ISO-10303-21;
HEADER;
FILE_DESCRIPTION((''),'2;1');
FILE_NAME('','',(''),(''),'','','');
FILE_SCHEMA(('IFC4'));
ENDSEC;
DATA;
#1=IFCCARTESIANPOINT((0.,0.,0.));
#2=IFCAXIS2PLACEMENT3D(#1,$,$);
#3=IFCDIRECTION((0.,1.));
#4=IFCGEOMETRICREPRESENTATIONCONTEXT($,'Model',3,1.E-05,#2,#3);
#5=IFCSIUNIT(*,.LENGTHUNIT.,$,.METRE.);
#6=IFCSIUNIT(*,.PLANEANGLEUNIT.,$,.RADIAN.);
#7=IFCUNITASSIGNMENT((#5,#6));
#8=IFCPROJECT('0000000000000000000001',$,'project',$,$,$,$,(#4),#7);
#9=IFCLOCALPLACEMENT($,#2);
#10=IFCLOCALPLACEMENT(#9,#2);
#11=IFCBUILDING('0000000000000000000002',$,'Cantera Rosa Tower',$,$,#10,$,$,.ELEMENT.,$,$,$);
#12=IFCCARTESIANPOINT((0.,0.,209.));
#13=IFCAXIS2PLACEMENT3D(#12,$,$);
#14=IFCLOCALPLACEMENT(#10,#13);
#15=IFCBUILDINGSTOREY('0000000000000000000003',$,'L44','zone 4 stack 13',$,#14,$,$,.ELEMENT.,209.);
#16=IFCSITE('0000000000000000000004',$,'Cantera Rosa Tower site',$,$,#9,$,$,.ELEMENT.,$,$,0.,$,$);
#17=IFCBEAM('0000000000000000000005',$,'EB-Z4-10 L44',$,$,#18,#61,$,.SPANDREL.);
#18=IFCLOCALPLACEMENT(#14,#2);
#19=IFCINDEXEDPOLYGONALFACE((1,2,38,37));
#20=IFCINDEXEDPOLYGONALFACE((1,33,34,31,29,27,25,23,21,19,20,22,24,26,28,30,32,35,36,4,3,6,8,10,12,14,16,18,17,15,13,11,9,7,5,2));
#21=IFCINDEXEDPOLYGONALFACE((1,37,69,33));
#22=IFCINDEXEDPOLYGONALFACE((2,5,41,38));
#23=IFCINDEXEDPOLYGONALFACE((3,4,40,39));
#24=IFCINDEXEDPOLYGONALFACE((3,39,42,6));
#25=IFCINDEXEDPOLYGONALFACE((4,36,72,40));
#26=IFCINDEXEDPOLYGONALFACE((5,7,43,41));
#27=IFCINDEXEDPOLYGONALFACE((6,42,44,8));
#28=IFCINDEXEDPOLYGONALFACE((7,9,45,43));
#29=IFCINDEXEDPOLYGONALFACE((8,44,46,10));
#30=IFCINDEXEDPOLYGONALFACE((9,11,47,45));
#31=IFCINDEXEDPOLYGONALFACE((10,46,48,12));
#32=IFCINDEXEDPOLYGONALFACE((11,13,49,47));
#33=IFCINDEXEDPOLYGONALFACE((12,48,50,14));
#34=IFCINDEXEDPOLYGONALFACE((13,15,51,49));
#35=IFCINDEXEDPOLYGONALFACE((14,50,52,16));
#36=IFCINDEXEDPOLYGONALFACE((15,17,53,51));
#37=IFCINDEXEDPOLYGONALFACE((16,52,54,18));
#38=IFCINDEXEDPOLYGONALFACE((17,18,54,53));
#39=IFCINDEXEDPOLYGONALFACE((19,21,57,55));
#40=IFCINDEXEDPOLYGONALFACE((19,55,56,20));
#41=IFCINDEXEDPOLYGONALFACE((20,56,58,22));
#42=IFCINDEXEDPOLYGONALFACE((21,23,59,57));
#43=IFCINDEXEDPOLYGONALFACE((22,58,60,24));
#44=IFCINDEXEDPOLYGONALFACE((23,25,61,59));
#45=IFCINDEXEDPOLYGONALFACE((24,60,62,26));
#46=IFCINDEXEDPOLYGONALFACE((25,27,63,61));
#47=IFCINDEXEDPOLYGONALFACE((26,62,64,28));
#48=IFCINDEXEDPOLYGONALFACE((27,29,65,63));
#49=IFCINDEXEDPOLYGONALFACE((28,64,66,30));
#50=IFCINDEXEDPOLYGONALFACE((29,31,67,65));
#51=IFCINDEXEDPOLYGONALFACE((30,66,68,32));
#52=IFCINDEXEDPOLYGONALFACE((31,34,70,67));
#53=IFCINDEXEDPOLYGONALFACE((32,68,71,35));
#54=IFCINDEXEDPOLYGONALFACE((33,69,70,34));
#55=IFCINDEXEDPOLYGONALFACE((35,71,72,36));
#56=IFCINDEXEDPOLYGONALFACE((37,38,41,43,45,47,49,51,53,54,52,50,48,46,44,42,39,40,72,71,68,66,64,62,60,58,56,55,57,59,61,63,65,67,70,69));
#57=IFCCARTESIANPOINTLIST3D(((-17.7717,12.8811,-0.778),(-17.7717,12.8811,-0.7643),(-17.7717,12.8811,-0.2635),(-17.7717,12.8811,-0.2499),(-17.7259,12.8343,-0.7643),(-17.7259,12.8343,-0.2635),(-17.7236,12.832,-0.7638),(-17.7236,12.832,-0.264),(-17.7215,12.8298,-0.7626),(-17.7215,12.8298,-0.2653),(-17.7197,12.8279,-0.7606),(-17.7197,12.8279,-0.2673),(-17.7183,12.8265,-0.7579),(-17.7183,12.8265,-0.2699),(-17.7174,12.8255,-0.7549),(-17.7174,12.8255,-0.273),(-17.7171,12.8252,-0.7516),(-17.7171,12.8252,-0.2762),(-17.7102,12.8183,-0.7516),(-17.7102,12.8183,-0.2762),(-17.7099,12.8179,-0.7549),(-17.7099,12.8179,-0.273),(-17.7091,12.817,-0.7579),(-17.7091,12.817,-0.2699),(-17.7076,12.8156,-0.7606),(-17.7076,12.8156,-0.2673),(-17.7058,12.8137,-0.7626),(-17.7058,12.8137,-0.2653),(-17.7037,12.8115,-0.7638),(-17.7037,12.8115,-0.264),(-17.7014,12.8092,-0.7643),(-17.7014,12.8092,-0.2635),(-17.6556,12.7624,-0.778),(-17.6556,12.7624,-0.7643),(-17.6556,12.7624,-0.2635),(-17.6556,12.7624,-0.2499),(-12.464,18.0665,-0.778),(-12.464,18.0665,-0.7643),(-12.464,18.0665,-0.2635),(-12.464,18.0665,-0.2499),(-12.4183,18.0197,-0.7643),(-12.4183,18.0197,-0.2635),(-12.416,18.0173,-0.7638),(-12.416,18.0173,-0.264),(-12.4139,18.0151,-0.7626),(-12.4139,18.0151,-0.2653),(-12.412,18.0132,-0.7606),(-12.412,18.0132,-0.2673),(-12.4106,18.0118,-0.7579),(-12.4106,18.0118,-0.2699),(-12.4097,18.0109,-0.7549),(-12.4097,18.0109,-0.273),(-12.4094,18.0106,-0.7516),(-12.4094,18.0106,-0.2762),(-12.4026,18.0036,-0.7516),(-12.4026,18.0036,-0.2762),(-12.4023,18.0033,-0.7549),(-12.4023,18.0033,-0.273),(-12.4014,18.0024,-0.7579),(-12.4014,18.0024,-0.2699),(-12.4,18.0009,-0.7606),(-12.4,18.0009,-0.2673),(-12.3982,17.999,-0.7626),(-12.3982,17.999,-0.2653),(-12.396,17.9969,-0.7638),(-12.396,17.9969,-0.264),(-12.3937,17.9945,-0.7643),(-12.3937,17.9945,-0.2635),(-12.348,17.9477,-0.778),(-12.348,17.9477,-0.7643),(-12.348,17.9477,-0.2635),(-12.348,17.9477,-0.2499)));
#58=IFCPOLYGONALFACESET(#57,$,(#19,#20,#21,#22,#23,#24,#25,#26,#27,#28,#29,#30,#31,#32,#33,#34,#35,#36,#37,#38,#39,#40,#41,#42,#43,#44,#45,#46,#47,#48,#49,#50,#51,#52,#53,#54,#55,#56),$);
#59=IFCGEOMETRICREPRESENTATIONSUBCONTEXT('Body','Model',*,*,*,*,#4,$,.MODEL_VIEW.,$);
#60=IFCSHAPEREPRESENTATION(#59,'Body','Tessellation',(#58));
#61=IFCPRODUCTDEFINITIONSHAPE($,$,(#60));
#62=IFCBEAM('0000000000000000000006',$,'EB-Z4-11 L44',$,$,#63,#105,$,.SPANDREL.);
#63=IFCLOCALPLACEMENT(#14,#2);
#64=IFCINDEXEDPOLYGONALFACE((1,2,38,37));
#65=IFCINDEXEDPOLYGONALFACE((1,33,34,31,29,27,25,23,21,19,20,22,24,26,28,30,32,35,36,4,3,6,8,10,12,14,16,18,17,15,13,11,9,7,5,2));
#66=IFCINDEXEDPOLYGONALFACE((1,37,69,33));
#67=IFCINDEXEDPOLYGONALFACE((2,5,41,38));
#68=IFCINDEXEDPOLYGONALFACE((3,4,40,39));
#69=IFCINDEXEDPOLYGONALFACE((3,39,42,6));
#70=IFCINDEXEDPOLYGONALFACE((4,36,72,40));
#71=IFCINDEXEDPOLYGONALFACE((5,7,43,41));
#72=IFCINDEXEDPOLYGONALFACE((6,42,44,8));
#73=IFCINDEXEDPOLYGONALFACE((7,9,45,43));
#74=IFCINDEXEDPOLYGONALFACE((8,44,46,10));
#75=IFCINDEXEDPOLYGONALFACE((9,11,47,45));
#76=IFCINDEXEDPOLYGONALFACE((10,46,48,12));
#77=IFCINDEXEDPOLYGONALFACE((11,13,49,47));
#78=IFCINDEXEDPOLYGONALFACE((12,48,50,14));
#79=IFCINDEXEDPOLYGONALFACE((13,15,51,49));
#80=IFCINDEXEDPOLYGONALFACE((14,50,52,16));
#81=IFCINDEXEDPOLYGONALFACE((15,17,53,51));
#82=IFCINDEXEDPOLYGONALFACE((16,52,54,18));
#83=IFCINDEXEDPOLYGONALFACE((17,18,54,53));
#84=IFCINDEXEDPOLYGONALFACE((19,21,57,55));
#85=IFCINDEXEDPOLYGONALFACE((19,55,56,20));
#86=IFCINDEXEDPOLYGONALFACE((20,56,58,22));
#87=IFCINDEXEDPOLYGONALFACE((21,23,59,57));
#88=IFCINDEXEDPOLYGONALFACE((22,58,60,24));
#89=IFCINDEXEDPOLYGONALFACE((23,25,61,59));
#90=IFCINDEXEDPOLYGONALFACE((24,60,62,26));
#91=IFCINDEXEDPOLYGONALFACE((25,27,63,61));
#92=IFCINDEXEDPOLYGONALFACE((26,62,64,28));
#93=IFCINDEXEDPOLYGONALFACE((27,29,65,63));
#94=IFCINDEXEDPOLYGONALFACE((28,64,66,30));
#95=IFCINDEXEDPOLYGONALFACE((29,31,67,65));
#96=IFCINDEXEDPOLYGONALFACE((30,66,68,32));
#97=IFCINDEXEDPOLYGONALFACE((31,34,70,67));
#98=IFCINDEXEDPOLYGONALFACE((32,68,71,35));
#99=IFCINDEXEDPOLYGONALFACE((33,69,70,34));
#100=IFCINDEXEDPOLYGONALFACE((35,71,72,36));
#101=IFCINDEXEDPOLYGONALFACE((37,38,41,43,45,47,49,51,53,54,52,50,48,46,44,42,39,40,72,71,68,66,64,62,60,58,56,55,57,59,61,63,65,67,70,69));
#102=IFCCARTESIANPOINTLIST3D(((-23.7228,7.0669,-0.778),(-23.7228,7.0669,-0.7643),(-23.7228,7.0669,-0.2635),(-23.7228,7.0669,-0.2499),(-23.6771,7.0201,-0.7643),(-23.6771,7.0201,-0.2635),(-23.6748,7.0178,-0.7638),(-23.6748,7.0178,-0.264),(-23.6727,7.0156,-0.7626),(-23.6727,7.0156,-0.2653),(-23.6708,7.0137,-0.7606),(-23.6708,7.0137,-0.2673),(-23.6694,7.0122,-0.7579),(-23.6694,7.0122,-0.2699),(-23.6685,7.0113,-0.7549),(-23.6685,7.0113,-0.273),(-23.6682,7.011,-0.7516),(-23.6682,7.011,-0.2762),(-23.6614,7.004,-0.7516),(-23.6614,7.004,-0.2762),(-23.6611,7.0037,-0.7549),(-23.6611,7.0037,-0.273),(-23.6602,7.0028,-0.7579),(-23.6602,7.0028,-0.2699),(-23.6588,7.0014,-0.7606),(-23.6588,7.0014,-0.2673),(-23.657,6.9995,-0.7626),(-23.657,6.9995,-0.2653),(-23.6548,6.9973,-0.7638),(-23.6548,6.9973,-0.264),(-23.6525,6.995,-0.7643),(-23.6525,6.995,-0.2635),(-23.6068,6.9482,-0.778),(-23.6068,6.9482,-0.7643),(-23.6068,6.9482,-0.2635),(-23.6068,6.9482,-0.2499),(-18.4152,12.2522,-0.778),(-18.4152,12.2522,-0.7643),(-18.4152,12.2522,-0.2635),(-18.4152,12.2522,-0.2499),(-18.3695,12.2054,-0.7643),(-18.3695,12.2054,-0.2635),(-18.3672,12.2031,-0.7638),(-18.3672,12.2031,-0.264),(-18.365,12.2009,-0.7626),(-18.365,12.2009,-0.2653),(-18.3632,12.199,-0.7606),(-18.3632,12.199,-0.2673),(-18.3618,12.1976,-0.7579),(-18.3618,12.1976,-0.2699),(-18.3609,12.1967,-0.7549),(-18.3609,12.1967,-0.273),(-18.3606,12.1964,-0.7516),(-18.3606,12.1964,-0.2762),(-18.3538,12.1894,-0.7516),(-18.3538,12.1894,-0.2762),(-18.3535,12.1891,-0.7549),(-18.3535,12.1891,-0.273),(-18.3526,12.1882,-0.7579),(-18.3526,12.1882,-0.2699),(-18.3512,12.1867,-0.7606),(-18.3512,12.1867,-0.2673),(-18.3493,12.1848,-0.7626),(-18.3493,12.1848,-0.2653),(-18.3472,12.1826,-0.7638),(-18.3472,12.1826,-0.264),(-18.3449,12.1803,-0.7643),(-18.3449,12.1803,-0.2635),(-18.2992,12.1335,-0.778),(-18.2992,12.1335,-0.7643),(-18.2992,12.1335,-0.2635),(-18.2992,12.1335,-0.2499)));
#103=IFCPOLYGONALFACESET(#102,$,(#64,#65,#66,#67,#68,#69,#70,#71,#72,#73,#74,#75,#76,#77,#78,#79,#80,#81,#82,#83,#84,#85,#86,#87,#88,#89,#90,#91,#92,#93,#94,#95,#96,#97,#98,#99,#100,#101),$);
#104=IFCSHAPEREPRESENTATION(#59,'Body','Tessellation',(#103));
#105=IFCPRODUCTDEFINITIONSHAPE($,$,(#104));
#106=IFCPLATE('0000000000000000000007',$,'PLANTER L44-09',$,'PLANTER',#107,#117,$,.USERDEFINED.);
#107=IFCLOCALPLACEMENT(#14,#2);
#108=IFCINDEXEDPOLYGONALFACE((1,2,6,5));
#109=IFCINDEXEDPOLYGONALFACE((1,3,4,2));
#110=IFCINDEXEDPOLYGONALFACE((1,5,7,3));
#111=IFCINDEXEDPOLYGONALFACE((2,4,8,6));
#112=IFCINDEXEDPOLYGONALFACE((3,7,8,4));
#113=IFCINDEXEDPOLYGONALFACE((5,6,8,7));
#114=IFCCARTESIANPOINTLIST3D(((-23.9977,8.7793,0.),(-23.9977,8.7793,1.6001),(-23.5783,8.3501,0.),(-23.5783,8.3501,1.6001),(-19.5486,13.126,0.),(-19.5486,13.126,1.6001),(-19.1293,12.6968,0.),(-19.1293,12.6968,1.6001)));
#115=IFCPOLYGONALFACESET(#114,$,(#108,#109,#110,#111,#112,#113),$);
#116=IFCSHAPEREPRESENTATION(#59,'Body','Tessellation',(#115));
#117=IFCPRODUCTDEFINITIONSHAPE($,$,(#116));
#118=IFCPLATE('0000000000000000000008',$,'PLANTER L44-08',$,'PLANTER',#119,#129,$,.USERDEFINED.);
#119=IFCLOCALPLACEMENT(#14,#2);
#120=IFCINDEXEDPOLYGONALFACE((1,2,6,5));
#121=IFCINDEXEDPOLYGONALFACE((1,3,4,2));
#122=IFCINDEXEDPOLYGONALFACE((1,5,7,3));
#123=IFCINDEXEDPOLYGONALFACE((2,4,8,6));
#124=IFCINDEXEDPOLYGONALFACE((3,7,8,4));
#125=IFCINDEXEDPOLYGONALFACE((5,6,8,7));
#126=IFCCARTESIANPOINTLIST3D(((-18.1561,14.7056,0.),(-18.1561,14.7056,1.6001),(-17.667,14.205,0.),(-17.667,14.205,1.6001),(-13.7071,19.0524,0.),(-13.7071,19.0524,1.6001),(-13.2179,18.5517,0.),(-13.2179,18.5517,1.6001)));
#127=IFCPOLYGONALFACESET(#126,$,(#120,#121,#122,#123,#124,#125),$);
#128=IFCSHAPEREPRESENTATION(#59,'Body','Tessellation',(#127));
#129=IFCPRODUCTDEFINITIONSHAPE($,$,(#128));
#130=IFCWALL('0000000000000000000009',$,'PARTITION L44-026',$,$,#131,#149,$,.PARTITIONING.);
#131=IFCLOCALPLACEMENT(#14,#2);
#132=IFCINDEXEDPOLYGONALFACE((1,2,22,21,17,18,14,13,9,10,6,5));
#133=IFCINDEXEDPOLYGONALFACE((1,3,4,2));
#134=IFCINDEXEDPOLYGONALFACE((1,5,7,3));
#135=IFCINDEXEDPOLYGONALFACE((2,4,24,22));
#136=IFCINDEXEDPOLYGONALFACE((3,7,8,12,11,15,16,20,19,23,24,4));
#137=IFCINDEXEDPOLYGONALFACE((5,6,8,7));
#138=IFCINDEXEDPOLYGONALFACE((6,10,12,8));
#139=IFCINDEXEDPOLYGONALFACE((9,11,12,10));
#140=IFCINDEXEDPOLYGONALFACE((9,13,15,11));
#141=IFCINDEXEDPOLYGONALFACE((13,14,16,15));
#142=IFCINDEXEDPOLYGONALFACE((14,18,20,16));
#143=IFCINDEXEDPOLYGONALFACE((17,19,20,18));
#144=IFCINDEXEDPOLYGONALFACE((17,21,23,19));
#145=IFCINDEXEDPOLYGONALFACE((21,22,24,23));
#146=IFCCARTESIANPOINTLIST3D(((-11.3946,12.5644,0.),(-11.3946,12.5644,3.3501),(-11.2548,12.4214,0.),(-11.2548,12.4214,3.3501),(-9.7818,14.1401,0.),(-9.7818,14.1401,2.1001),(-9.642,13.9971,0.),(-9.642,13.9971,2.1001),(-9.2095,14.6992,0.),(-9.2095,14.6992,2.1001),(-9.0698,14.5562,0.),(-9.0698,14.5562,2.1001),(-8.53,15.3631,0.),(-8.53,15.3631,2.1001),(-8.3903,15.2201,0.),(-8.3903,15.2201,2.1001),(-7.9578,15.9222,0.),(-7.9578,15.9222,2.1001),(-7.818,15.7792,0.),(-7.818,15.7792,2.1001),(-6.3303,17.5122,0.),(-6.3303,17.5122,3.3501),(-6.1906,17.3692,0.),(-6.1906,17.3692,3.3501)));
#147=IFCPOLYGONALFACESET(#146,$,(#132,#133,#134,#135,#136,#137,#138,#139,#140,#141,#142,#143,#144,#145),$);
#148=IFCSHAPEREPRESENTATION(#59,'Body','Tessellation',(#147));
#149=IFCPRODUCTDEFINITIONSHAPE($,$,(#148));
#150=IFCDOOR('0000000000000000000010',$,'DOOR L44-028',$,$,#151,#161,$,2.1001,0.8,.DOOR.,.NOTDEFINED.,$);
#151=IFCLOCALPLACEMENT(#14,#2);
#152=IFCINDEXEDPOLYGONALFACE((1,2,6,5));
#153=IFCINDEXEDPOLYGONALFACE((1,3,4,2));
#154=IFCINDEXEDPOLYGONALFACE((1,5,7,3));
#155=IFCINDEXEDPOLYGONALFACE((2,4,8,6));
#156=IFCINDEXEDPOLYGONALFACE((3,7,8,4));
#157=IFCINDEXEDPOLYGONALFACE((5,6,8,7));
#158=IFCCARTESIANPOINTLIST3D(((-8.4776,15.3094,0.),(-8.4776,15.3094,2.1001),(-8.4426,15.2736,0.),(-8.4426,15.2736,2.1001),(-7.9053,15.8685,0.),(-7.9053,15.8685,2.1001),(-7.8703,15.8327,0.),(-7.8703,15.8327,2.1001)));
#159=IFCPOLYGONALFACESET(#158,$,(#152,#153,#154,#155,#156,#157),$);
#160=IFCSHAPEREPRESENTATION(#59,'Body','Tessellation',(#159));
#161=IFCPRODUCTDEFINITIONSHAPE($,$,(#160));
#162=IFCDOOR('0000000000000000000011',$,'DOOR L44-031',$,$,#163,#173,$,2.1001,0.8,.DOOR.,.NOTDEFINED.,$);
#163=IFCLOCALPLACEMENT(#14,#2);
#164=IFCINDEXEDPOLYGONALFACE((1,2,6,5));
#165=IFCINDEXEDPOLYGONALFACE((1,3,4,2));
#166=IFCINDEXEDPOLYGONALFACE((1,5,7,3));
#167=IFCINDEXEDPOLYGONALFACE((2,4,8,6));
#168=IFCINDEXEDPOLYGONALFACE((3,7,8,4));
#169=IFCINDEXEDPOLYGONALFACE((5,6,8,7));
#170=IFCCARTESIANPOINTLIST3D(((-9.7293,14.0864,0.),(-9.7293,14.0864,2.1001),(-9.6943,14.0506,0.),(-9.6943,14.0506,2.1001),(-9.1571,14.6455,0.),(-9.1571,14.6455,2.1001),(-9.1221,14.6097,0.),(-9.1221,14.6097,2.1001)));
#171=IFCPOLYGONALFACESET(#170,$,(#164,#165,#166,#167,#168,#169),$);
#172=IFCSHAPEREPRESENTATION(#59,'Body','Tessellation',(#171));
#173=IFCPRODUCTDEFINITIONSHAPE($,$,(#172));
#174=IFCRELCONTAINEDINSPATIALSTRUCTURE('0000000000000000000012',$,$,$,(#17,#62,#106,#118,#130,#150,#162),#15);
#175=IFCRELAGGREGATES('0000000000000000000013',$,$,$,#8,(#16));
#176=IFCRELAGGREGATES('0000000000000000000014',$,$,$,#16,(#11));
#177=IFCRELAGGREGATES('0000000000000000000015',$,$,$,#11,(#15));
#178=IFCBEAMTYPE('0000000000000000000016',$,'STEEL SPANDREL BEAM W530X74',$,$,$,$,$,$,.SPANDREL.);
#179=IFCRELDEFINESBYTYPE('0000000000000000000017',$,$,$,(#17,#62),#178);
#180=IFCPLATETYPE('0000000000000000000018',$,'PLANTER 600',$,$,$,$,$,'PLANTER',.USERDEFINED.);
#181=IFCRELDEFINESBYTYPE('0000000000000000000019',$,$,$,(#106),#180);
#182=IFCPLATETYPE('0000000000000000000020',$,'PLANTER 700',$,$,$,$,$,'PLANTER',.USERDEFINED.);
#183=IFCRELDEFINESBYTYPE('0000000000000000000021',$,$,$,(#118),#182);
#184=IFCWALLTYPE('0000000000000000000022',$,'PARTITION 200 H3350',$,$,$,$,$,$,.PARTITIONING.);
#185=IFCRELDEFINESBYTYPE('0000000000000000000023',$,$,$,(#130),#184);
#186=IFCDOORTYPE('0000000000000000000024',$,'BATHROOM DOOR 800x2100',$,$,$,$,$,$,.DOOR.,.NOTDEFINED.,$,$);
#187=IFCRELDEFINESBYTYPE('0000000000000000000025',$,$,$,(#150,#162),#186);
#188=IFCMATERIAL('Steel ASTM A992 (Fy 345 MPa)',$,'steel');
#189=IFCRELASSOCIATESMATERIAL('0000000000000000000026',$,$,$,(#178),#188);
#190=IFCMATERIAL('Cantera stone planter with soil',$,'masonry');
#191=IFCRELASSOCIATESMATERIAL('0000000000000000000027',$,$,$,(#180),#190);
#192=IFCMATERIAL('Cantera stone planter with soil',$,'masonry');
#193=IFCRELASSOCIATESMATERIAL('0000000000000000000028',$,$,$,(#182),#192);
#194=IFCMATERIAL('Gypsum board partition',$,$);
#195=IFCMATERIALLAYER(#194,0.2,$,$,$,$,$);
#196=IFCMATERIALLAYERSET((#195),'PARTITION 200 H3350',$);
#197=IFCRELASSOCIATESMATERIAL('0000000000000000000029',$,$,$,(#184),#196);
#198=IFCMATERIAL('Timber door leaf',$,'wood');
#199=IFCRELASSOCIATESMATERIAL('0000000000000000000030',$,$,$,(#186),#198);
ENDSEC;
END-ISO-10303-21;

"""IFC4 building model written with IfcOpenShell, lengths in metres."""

from ifc_helpers import new_model, si_unit, direction, frame, frame_2d, origin, origin_2d, place, context, subcontext, project, spatial, rectangle, i_section, extrude, material, layer, layer_set, material_profile, profile_set, type_object, element, fill, save


model = new_model("IFC4")

# Units and contexts
model_context = context("Model", 3, precision=1e-05, world=origin(), true_north=direction((0.0, 1.0)))
body_context = subcontext(model_context, "Body", "Model", "MODEL_VIEW")
ifc_project = project(units=[si_unit("LENGTHUNIT", "METRE"), si_unit("PLANEANGLEUNIT", "RADIAN")], contexts=[model_context])

# Site, building, storey
site_placement = place(None, origin())
site = spatial("IfcSite", under=ifc_project, at=site_placement, Name="Cantera Rosa Tower site", CompositionType="ELEMENT", RefElevation=0.0)
building_placement = place(site_placement, origin())
building = spatial("IfcBuilding", under=site, at=building_placement, Name="Cantera Rosa Tower", CompositionType="ELEMENT")
storey_placement = place(building_placement, frame((0.0, 0.0, 209.0)))
storey = spatial("IfcBuildingStorey", under=building, at=storey_placement, Name="L44", Description="zone 4 stack 13", CompositionType="ELEMENT", Elevation=209.0)

# Beams
ifc_material_1 = material(Name="Steel ASTM A992 (Fy 345 MPa)", Category="steel")
ifc_material_profile_1 = material_profile(ifc_material_1, i_section(OverallWidth=0.166, OverallDepth=0.5281, WebThickness=0.0098, FlangeThickness=0.0137, FilletRadius=0.0127, at=origin_2d()), Name="W530X74")
ifc_profile_set_1 = profile_set([ifc_material_profile_1], Name="Steel ASTM A992 (Fy 345 MPa)")
beam_type_1 = type_object("IfcBeamType", Name="STEEL SPANDREL BEAM W530X74", PredefinedType="SPANDREL", material=ifc_profile_set_1)
for number, where, z_axis, x_axis, name in (
    (1, (-12.406, 18.0071, -0.5139), (-0.715301, -0.698817, 0.0), (0.698817, -0.715301, 0.0), "EB-Z4-10 L44"),
    (2, (-18.3572, 12.1929, -0.5139), (-0.715301, -0.698817, 0.0), (0.698817, -0.715301, 0.0), "EB-Z4-11 L44"),
):
    element("IfcBeam", number, at=place(storey_placement, frame(where, z_axis=z_axis, x_axis=x_axis)), inside=storey, type_object=beam_type_1, Name=name, PredefinedType="SPANDREL", context=body_context, shape_type="SweptSolid", body=[
        extrude(i_section(OverallWidth=0.166, OverallDepth=0.5281, WebThickness=0.0098, FlangeThickness=0.0137, FilletRadius=0.0127, at=origin_2d()), origin(), (0.0, 0.0, 1.0), 7.4202),
    ])

# Plates
ifc_material_2 = material(Name="Cantera stone planter with soil", Category="masonry")
plate_type_1 = type_object("IfcPlateType", Name="PLANTER 600", ElementType="PLANTER", PredefinedType="USERDEFINED", material=ifc_material_2)
plate_1_placement = place(storey_placement, frame((-21.5635, 10.738, 0.0), z_axis=(0.0, 0.0, 1.0), x_axis=(-0.715286, -0.698832, 0.0)))
element("IfcPlate", 3, at=plate_1_placement, inside=storey, type_object=plate_type_1, Name="PLANTER L44-09", ObjectType="PLANTER", PredefinedType="USERDEFINED", context=body_context, shape_type="SweptSolid", body=[
    extrude(rectangle(XDim=6.22, YDim=0.6001, at=origin_2d()), origin(), (0.0, 0.0, 1.0), 1.6001),
])
ifc_material_3 = material(Name="Cantera stone planter with soil", Category="masonry")
plate_type_2 = type_object("IfcPlateType", Name="PLANTER 700", ElementType="PLANTER", PredefinedType="USERDEFINED", material=ifc_material_3)
plate_2_placement = place(storey_placement, frame((-15.687, 16.6287, 0.0), z_axis=(0.0, 0.0, 1.0), x_axis=(-0.715286, -0.698832, 0.0)))
element("IfcPlate", 4, at=plate_2_placement, inside=storey, type_object=plate_type_2, Name="PLANTER L44-08", ObjectType="PLANTER", PredefinedType="USERDEFINED", context=body_context, shape_type="SweptSolid", body=[
    extrude(rectangle(XDim=6.22, YDim=0.7, at=origin_2d()), origin(), (0.0, 0.0, 1.0), 1.6001),
])

# Wall, openings, doors
ifc_material_4 = material(Name="Gypsum board partition")
ifc_layer_1 = layer(ifc_material_4, 0.2)
ifc_layer_set_1 = layer_set([ifc_layer_1], Name="PARTITION 200 H3350")
wall_type_1 = type_object("IfcWallType", Name="PARTITION 200 H3350", PredefinedType="PARTITIONING", material=ifc_layer_set_1)
wall_1_placement = place(storey_placement, frame((-11.3247, 12.4929, 0.0), z_axis=(0.0, 0.0, 1.0), x_axis=(0.715283, 0.698835, 0.0)))
wall_1 = element("IfcWall", 5, at=wall_1_placement, inside=storey, type_object=wall_type_1, Name="PARTITION L44-026", PredefinedType="PARTITIONING", context=body_context, shape_type="SweptSolid", body=[
    extrude(rectangle(XDim=7.0801, YDim=0.2, at=frame_2d((3.54, 0.0))), origin(), (0.0, 0.0, 1.0), 3.3501),
])
opening_1_placement = place(wall_1_placement, frame((4.0049, 0.0, 0.0)))
opening_1 = element("IfcOpeningElement", 6, at=opening_1_placement, cuts=wall_1, PredefinedType="OPENING", context=body_context, shape_type="SweptSolid", body=[
    extrude(rectangle(XDim=0.8, YDim=2.1001, at=frame_2d((0.3999, 1.05))), frame((0.0, 0.1099, 0.0), z_axis=(0.0, -1.0, 0.0), x_axis=(1.0, 0.0, 0.0)), (0.0, 0.0, 1.0), 0.22),
])
opening_2_placement = place(wall_1_placement, frame((2.2549, 0.0, 0.0)))
opening_2 = element("IfcOpeningElement", 7, at=opening_2_placement, cuts=wall_1, PredefinedType="OPENING", context=body_context, shape_type="SweptSolid", body=[
    extrude(rectangle(XDim=0.8, YDim=2.1001, at=frame_2d((0.3999, 1.05))), frame((0.0, 0.1099, 0.0), z_axis=(0.0, -1.0, 0.0), x_axis=(1.0, 0.0, 0.0)), (0.0, 0.0, 1.0), 0.22),
])
ifc_material_5 = material(Name="Timber door leaf", Category="wood")
door_type_1 = type_object("IfcDoorType", Name="BATHROOM DOOR 800x2100", OperationType="NOTDEFINED", PredefinedType="DOOR", material=ifc_material_5)
door_1_placement = place(opening_1_placement, origin())
door_1 = element("IfcDoor", 8, at=door_1_placement, inside=storey, type_object=door_type_1, Name="DOOR L44-028", OperationType="NOTDEFINED", OverallHeight=2.1001, OverallWidth=0.8, PredefinedType="DOOR", context=body_context, shape_type="SweptSolid", body=[
    extrude(rectangle(XDim=0.8, YDim=2.1001, at=frame_2d((0.3999, 1.05))), frame((0.0, 0.0249, 0.0), z_axis=(0.0, -1.0, 0.0), x_axis=(1.0, 0.0, 0.0)), (0.0, 0.0, 1.0), 0.05),
])
fill(opening_1, door_1)
door_2_placement = place(opening_2_placement, origin())
door_2 = element("IfcDoor", 9, at=door_2_placement, inside=storey, type_object=door_type_1, Name="DOOR L44-031", OperationType="NOTDEFINED", OverallHeight=2.1001, OverallWidth=0.8, PredefinedType="DOOR", context=body_context, shape_type="SweptSolid", body=[
    extrude(rectangle(XDim=0.8, YDim=2.1001, at=frame_2d((0.3999, 1.05))), frame((0.0, 0.0249, 0.0), z_axis=(0.0, -1.0, 0.0), x_axis=(1.0, 0.0, 0.0)), (0.0, 0.0, 1.0), 0.05),
])
fill(opening_2, door_2)

save(model, "model.ifc")
